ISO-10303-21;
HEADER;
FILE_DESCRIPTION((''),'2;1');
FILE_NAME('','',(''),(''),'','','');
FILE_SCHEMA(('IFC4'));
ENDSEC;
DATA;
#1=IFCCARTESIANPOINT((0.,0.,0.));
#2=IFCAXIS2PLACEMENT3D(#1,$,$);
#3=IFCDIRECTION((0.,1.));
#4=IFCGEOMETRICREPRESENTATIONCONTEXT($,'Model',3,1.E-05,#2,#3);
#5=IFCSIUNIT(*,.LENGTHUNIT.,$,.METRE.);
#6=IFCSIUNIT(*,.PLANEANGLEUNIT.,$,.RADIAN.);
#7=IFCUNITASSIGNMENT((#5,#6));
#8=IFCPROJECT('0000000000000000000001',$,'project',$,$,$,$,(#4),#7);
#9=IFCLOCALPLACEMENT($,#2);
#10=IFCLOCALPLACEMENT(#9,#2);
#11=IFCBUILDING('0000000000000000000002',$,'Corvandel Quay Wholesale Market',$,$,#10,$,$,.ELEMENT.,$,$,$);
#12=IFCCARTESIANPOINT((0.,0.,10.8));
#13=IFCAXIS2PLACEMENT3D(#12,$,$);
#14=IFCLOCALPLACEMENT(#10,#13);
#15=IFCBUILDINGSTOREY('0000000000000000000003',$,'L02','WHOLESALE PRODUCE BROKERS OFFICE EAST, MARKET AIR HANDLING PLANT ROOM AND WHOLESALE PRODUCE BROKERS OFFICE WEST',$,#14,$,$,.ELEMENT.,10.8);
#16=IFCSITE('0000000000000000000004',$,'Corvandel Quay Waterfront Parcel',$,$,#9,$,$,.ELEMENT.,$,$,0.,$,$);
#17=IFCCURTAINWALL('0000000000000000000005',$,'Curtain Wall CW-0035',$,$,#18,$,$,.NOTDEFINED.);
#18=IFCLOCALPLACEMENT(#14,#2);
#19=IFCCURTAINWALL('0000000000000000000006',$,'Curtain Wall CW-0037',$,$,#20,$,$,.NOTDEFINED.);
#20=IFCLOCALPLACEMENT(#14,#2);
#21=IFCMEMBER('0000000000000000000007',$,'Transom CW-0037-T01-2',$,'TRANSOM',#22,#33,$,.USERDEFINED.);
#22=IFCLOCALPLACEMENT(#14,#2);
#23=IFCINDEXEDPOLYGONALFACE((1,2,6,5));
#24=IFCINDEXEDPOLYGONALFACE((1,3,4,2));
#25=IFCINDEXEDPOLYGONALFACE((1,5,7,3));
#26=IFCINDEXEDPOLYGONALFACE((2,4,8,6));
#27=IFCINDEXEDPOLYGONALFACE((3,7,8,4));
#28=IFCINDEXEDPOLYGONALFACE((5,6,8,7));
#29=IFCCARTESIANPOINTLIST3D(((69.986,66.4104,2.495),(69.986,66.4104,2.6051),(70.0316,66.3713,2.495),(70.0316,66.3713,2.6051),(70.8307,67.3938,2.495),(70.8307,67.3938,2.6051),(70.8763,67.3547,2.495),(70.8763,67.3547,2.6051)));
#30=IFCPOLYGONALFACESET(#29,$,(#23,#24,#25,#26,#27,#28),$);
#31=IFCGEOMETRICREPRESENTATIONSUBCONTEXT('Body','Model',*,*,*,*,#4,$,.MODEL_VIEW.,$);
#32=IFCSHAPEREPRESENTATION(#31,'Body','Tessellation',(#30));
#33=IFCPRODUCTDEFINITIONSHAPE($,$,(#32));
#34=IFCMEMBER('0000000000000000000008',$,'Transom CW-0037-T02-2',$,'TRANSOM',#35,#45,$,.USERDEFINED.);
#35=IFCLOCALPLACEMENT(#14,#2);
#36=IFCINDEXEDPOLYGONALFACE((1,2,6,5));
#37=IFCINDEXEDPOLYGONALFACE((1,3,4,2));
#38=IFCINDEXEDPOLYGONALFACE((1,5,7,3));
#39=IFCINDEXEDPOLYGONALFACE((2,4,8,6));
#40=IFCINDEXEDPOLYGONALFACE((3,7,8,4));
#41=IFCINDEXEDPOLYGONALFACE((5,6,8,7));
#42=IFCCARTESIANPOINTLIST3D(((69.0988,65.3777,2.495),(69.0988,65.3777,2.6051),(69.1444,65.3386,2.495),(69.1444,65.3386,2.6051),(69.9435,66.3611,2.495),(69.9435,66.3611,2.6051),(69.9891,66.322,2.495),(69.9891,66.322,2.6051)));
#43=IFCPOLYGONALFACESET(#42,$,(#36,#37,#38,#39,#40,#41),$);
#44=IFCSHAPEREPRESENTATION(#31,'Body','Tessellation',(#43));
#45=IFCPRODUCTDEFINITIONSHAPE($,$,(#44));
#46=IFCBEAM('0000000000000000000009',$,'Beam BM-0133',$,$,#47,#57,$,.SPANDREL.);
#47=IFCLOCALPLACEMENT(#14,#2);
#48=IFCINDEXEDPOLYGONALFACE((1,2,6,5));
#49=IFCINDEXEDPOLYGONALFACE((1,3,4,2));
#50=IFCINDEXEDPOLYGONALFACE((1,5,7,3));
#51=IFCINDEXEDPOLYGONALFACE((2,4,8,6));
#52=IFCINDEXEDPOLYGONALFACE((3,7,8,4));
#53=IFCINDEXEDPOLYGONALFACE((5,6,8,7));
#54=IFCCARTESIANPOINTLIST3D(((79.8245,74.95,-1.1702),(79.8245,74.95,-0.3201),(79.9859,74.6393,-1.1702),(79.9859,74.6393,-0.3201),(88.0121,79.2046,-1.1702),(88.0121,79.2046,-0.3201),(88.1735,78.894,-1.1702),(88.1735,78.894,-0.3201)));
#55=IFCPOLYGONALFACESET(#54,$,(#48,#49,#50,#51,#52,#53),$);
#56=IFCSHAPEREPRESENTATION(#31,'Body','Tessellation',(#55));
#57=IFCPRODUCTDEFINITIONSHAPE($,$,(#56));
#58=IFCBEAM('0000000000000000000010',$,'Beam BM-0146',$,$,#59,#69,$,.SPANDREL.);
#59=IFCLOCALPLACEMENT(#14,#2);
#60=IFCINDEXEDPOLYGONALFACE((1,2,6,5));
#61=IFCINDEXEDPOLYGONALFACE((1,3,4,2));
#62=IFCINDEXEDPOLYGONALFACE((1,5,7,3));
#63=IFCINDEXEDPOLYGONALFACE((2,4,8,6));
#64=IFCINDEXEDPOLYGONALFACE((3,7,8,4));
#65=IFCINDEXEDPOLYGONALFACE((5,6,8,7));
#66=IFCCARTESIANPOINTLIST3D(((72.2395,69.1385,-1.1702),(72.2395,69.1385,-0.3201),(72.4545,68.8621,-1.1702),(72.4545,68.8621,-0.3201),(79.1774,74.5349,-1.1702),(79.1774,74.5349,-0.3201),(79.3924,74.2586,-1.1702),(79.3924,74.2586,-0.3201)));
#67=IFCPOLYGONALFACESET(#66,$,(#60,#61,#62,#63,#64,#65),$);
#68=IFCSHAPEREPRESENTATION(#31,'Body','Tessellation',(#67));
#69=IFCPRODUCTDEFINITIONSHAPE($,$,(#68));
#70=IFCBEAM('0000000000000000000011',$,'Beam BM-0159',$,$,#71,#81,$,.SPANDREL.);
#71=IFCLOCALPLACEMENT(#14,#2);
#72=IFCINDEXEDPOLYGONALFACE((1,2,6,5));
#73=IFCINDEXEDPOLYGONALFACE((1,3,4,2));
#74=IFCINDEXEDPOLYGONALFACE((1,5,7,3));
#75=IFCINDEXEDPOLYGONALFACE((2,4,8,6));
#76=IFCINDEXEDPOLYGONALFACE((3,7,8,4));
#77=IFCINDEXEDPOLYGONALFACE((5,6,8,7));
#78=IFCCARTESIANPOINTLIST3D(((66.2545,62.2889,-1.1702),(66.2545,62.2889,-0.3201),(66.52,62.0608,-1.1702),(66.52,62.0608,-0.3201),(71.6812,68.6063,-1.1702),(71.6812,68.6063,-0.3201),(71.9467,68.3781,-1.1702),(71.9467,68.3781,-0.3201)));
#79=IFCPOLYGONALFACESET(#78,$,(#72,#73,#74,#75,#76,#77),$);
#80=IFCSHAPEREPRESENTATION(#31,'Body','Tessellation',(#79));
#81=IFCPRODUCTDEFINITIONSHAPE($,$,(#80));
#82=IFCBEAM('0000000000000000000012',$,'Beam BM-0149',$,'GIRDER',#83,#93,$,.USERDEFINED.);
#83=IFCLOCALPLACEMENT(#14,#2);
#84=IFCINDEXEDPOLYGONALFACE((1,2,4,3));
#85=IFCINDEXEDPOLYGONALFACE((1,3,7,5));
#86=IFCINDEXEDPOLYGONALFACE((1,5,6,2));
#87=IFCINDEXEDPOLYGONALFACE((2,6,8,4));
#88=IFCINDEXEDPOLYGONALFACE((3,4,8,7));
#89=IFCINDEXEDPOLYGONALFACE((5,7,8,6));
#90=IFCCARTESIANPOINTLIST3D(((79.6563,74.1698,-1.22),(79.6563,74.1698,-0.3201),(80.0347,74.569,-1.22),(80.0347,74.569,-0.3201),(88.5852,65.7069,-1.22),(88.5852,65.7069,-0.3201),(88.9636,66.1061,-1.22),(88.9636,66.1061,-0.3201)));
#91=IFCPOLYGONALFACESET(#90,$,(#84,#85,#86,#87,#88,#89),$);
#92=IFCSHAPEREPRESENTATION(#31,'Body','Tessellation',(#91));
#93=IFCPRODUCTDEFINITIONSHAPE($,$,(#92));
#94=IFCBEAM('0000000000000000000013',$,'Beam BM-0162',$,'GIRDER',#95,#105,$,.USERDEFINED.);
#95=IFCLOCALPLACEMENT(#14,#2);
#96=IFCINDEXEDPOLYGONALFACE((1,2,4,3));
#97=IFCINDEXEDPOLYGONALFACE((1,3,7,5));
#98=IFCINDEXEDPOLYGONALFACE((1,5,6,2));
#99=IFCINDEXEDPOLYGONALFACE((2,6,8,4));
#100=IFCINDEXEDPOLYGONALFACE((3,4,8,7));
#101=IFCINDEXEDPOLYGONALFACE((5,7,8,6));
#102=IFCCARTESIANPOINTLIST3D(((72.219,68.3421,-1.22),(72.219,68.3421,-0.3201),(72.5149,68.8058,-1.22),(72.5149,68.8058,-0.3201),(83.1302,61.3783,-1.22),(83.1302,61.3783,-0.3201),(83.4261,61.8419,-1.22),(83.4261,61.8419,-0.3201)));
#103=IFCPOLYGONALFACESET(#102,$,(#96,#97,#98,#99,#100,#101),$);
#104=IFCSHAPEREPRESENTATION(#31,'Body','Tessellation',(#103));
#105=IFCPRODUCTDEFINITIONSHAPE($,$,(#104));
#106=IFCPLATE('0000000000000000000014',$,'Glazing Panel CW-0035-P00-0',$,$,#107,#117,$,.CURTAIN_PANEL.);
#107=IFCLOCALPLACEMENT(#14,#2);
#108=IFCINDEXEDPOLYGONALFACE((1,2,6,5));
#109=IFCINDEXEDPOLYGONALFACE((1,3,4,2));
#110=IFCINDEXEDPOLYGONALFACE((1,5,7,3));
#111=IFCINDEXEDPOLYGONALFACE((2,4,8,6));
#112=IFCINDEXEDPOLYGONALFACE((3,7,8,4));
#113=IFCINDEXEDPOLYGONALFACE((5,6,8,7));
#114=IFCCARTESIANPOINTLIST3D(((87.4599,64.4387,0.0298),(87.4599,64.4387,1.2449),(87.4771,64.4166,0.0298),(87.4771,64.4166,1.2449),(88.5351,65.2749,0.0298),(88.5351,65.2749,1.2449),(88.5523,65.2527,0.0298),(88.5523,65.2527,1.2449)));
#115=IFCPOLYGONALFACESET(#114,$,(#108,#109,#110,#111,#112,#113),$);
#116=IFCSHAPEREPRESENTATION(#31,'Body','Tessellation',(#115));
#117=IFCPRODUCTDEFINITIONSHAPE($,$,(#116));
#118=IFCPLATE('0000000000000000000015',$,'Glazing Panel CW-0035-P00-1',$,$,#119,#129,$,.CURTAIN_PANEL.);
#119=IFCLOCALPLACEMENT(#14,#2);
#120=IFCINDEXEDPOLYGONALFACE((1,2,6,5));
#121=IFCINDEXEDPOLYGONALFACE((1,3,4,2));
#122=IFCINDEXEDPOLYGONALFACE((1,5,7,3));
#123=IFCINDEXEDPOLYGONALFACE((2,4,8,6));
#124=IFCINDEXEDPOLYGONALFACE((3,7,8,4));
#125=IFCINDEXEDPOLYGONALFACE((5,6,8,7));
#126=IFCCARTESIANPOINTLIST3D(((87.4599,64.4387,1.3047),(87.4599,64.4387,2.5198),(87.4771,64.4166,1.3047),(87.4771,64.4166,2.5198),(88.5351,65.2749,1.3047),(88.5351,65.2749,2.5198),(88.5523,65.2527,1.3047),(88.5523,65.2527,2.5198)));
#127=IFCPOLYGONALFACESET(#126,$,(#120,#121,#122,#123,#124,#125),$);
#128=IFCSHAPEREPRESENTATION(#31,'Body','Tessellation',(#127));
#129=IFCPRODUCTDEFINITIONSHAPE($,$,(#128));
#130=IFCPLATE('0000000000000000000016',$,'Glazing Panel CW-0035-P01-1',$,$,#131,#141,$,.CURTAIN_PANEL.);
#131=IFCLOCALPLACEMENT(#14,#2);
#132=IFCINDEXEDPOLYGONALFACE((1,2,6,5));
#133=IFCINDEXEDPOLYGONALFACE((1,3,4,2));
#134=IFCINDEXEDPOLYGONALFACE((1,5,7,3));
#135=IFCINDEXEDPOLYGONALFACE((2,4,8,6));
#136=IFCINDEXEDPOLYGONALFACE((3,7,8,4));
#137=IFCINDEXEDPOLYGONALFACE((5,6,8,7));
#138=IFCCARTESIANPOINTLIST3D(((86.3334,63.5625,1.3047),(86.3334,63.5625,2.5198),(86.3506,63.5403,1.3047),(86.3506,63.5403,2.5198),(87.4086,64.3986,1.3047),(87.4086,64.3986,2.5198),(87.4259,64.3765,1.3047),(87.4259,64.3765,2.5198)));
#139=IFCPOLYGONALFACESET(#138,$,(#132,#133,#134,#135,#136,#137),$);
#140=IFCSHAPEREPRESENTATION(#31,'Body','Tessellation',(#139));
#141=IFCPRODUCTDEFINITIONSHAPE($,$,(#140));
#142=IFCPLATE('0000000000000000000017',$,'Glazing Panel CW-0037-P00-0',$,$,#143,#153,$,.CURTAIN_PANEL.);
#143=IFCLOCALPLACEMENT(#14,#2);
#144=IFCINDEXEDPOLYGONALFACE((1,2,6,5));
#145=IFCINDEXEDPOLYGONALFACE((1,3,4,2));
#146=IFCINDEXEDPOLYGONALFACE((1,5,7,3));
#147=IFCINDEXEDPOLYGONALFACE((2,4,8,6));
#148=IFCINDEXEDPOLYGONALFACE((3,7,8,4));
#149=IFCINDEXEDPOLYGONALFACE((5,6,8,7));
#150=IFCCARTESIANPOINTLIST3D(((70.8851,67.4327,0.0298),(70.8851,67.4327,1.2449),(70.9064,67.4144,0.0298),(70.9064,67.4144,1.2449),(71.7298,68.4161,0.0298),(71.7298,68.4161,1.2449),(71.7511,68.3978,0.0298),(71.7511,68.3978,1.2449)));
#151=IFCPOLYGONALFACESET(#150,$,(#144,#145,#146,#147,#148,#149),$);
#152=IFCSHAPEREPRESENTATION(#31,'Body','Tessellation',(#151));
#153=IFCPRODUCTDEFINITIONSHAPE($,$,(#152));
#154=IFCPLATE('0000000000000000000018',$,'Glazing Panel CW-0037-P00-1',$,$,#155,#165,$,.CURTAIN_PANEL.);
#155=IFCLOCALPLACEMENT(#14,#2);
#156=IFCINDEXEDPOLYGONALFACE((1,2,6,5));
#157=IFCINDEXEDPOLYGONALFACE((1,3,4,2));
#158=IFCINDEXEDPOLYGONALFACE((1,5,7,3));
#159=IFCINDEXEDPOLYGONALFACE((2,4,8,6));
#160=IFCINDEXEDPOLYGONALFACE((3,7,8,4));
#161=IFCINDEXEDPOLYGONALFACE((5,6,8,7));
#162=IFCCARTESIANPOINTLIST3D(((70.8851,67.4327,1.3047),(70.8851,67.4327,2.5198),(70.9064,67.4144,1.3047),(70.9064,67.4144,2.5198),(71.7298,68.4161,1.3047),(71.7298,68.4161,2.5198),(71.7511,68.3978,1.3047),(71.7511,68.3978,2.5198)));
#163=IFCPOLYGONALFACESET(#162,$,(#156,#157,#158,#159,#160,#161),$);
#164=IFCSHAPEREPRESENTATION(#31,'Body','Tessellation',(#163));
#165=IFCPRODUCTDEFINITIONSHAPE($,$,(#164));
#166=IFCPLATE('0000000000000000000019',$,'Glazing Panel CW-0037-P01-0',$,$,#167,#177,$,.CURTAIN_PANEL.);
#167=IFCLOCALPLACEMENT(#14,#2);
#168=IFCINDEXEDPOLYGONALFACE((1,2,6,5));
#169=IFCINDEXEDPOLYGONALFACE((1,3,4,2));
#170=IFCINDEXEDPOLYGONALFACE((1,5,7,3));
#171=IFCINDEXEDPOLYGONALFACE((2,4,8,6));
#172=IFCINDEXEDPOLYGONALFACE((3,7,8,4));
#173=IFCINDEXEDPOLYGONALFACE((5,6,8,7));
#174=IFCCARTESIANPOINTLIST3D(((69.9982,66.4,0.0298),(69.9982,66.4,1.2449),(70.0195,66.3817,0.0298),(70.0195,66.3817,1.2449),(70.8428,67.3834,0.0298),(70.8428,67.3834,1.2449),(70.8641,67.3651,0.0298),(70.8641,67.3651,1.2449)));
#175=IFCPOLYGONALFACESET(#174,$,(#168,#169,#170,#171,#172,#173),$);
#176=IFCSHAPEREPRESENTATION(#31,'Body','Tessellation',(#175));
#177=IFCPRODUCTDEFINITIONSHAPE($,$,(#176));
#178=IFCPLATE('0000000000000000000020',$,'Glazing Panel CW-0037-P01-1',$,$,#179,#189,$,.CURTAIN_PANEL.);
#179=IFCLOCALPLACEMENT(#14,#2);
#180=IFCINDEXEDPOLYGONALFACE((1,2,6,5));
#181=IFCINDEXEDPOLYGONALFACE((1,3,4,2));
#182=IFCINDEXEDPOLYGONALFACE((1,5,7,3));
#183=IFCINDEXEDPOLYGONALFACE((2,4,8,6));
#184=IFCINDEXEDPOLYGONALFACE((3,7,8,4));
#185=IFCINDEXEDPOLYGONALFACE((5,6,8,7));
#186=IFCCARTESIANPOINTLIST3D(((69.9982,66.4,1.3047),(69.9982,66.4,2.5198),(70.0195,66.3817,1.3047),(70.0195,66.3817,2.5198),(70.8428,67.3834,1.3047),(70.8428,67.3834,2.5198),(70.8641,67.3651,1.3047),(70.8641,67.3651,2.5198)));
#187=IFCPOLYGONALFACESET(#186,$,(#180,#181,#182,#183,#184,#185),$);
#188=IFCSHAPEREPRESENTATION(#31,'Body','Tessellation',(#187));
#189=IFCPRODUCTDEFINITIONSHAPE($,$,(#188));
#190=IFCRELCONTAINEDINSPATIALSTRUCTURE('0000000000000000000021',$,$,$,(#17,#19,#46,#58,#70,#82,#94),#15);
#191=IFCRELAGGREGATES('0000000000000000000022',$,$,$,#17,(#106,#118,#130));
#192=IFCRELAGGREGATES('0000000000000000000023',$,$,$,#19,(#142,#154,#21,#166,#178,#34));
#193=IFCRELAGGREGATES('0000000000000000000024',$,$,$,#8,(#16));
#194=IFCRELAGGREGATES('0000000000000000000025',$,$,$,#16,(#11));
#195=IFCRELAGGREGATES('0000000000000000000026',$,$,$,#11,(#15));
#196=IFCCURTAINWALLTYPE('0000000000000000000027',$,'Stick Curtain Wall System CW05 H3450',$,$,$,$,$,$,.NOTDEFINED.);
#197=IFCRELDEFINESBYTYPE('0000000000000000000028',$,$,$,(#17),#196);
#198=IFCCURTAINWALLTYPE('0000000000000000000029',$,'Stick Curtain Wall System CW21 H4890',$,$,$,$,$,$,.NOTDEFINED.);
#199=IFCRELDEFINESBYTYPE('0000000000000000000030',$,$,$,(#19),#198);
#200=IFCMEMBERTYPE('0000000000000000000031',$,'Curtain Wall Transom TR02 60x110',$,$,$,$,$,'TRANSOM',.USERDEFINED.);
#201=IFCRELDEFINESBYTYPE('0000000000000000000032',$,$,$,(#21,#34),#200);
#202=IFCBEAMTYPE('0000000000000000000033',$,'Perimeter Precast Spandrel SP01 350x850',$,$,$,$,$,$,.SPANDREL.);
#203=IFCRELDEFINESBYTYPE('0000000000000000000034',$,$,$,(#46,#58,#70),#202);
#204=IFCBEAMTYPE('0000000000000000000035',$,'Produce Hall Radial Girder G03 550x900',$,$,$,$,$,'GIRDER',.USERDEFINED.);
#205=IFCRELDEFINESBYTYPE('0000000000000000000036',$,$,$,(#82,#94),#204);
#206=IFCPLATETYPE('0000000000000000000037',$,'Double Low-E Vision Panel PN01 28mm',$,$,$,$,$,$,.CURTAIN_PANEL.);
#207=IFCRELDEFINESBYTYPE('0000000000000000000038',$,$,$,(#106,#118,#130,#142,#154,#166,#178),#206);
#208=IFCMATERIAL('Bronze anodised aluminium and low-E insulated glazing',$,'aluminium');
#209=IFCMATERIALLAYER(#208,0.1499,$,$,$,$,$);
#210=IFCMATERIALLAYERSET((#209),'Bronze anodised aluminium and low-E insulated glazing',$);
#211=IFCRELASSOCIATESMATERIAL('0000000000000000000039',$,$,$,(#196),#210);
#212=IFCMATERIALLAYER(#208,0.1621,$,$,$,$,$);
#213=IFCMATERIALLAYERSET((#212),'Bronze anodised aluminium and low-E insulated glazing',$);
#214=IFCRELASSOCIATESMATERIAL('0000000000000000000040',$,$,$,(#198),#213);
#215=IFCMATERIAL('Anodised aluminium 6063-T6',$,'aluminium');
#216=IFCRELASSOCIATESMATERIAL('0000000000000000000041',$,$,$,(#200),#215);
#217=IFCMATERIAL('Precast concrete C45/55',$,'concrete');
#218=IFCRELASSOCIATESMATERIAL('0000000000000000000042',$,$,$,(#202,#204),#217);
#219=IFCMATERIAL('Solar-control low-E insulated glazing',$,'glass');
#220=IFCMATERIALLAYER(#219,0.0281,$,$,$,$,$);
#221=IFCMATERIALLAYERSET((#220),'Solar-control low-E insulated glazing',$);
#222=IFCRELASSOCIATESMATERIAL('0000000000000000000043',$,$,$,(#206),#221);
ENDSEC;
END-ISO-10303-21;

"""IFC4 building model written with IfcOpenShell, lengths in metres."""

from ifc_helpers import new_model, si_unit, direction, frame, origin, origin_2d, place, context, subcontext, project, spatial, rectangle, extrude, material, layer, layer_set, material_profile, profile_set, type_object, element, aggregate, save


model = new_model("IFC4")

# Units and contexts
model_context = context("Model", 3, precision=1e-05, world=origin(), true_north=direction((0.0, 1.0)))
body_context = subcontext(model_context, "Body", "Model", "MODEL_VIEW")
ifc_project = project(units=[si_unit("LENGTHUNIT", "METRE"), si_unit("PLANEANGLEUNIT", "RADIAN")], contexts=[model_context])

# Site, building, storey
site_placement = place(None, origin())
site = spatial("IfcSite", under=ifc_project, at=site_placement, Name="Corvandel Quay Waterfront Parcel", CompositionType="ELEMENT", RefElevation=0.0)
building_placement = place(site_placement, origin())
building = spatial("IfcBuilding", under=site, at=building_placement, Name="Corvandel Quay Wholesale Market", CompositionType="ELEMENT")
storey_placement = place(building_placement, frame((0.0, 0.0, 10.8)))
storey = spatial("IfcBuildingStorey", under=building, at=storey_placement, Name="L02", Description="WHOLESALE PRODUCE BROKERS OFFICE EAST, MARKET AIR HANDLING PLANT ROOM AND WHOLESALE PRODUCE BROKERS OFFICE WEST", CompositionType="ELEMENT", Elevation=10.8)

# Shared definitions
ifc_material_1 = material(Name="Precast concrete C45/55", Category="concrete")

# Curtain wall
ifc_material_2 = material(Name="Bronze anodised aluminium and low-E insulated glazing", Category="aluminium")
ifc_layer_1 = layer(ifc_material_2, 0.1499)
ifc_layer_set_1 = layer_set([ifc_layer_1], Name="Bronze anodised aluminium and low-E insulated glazing")
curtain_wall_type_1 = type_object("IfcCurtainWallType", Name="Stick Curtain Wall System CW05 H3450", PredefinedType="NOTDEFINED", material=ifc_layer_set_1)
curtain_wall_1_placement = place(storey_placement, origin())
curtain_wall_1 = element("IfcCurtainWall", 1, at=curtain_wall_1_placement, inside=storey, type_object=curtain_wall_type_1, Name="Curtain Wall CW-0035", PredefinedType="NOTDEFINED")
ifc_material_3 = material(Name="Anodised aluminium 6063-T6", Category="aluminium")

# Curtain wall
ifc_layer_2 = layer(ifc_material_2, 0.1621)
ifc_layer_set_2 = layer_set([ifc_layer_2], Name="Bronze anodised aluminium and low-E insulated glazing")
curtain_wall_type_2 = type_object("IfcCurtainWallType", Name="Stick Curtain Wall System CW21 H4890", PredefinedType="NOTDEFINED", material=ifc_layer_set_2)
curtain_wall_2_placement = place(storey_placement, origin())
curtain_wall_2 = element("IfcCurtainWall", 2, at=curtain_wall_2_placement, inside=storey, type_object=curtain_wall_type_2, Name="Curtain Wall CW-0037", PredefinedType="NOTDEFINED")

# Members
ifc_material_profile_1 = material_profile(ifc_material_3, rectangle(XDim=0.0601, YDim=0.1101, at=origin_2d()), Name="ALU-TRN-60x110")
ifc_profile_set_1 = profile_set([ifc_material_profile_1], Name="Anodised aluminium 6063-T6")
member_type_1 = type_object("IfcMemberType", Name="Curtain Wall Transom TR02 60x110", ElementType="TRANSOM", PredefinedType="USERDEFINED", material=ifc_profile_set_1)
member_1_placement = place(storey_placement, frame((70.8535, 67.3743, 2.55), z_axis=(-0.651597, -0.758565, 0.0), x_axis=(0.758565, -0.651597, 0.0)))
member_1 = element("IfcMember", 3, at=member_1_placement, type_object=member_type_1, Name="Transom CW-0037-T01-2", ObjectType="TRANSOM", PredefinedType="USERDEFINED", context=body_context, shape_type="SweptSolid", body=[
    extrude(rectangle(XDim=0.0601, YDim=0.1101, at=origin_2d()), origin(), (0.0, 0.0, 1.0), 1.2964),
])
member_2_placement = place(storey_placement, frame((69.9663, 66.3416, 2.55), z_axis=(-0.651597, -0.758565, 0.0), x_axis=(0.758565, -0.651597, 0.0)))
member_2 = element("IfcMember", 4, at=member_2_placement, type_object=member_type_1, Name="Transom CW-0037-T02-2", ObjectType="TRANSOM", PredefinedType="USERDEFINED", context=body_context, shape_type="SweptSolid", body=[
    extrude(rectangle(XDim=0.0601, YDim=0.1101, at=origin_2d()), origin(), (0.0, 0.0, 1.0), 1.2964),
])

# Beams
ifc_material_profile_2 = material_profile(ifc_material_1, rectangle(XDim=0.3501, YDim=0.8501, at=origin_2d()), Name="PC-SPN-350x850")
ifc_profile_set_2 = profile_set([ifc_material_profile_2], Name="Precast concrete C45/55")
beam_type_1 = type_object("IfcBeamType", Name="Perimeter Precast Spandrel SP01 350x850", PredefinedType="SPANDREL", material=ifc_profile_set_2)
beam_1_placement = place(storey_placement, frame((88.0928, 79.0493, -0.7451), z_axis=(-0.887344, -0.461109, 0.0), x_axis=(0.461109, -0.887344, 0.0)))
element("IfcBeam", 5, at=beam_1_placement, inside=storey, type_object=beam_type_1, Name="Beam BM-0133", PredefinedType="SPANDREL", context=body_context, shape_type="SweptSolid", body=[
    extrude(rectangle(XDim=0.3501, YDim=0.8501, at=origin_2d()), origin(), (0.0, 0.0, 1.0), 9.2271),
])
beam_2_placement = place(storey_placement, frame((79.2849, 74.3967, -0.7451), z_axis=(-0.789337, -0.61396, 0.0), x_axis=(0.61396, -0.789337, 0.0)))
element("IfcBeam", 6, at=beam_2_placement, inside=storey, type_object=beam_type_1, Name="Beam BM-0146", PredefinedType="SPANDREL", context=body_context, shape_type="SweptSolid", body=[
    extrude(rectangle(XDim=0.3501, YDim=0.8501, at=origin_2d()), origin(), (0.0, 0.0, 1.0), 8.7896),
])
beam_3_placement = place(storey_placement, frame((71.814, 68.4922, -0.7451), z_axis=(-0.651612, -0.758553, 0.0), x_axis=(0.758553, -0.651612, 0.0)))
element("IfcBeam", 7, at=beam_3_placement, inside=storey, type_object=beam_type_1, Name="Beam BM-0159", PredefinedType="SPANDREL", context=body_context, shape_type="SweptSolid", body=[
    extrude(rectangle(XDim=0.3501, YDim=0.8501, at=origin_2d()), origin(), (0.0, 0.0, 1.0), 8.3281),
])
ifc_material_profile_3 = material_profile(ifc_material_1, rectangle(XDim=0.55, YDim=0.8999, at=origin_2d()), Name="PC-GIR-550x900")
ifc_profile_set_3 = profile_set([ifc_material_profile_3], Name="Precast concrete C45/55")
beam_type_2 = type_object("IfcBeamType", Name="Produce Hall Radial Girder G03 550x900", ElementType="GIRDER", PredefinedType="USERDEFINED", material=ifc_profile_set_3)
beam_4_placement = place(storey_placement, frame((79.8455, 74.3694, -0.77), z_axis=(0.725795, -0.687911, 0.0), x_axis=(0.687911, 0.725795, 0.0)))
element("IfcBeam", 8, at=beam_4_placement, inside=storey, type_object=beam_type_2, Name="Beam BM-0149", ObjectType="GIRDER", PredefinedType="USERDEFINED", context=body_context, shape_type="SweptSolid", body=[
    extrude(rectangle(XDim=0.55, YDim=0.8999, at=origin_2d()), origin(), (0.0, 0.0, 1.0), 12.3022),
])
beam_5_placement = place(storey_placement, frame((72.3669, 68.574, -0.77), z_axis=(0.842946, -0.537998, 0.0), x_axis=(0.537998, 0.842946, 0.0)))
element("IfcBeam", 9, at=beam_5_placement, inside=storey, type_object=beam_type_2, Name="Beam BM-0162", ObjectType="GIRDER", PredefinedType="USERDEFINED", context=body_context, shape_type="SweptSolid", body=[
    extrude(rectangle(XDim=0.55, YDim=0.8999, at=origin_2d()), origin(), (0.0, 0.0, 1.0), 12.9441),
])

# Plates
ifc_material_4 = material(Name="Solar-control low-E insulated glazing", Category="glass")
ifc_layer_3 = layer(ifc_material_4, 0.0281)
ifc_layer_set_3 = layer_set([ifc_layer_3], Name="Solar-control low-E insulated glazing")
plate_type = type_object("IfcPlateType", Name="Double Low-E Vision Panel PN01 28mm", PredefinedType="CURTAIN_PANEL", material=ifc_layer_set_3)
plate_1_placement = place(storey_placement, frame((88.0061, 64.8457, 0.0298), z_axis=(0.0, 0.0, 1.0), x_axis=(0.789406, 0.613872, 0.0)))
plate_1 = element("IfcPlate", 10, at=plate_1_placement, type_object=plate_type, Name="Glazing Panel CW-0035-P00-0", PredefinedType="CURTAIN_PANEL", context=body_context, shape_type="SweptSolid", body=[
    extrude(rectangle(XDim=1.3621, YDim=0.0281, at=origin_2d()), origin(), (0.0, 0.0, 1.0), 1.2151),
])
plate_2_placement = place(storey_placement, frame((88.0061, 64.8457, 1.3047), z_axis=(0.0, 0.0, 1.0), x_axis=(0.789406, 0.613872, 0.0)))
plate_2 = element("IfcPlate", 11, at=plate_2_placement, type_object=plate_type, Name="Glazing Panel CW-0035-P00-1", PredefinedType="CURTAIN_PANEL", context=body_context, shape_type="SweptSolid", body=[
    extrude(rectangle(XDim=1.3621, YDim=0.0281, at=origin_2d()), origin(), (0.0, 0.0, 1.0), 1.2151),
])
plate_3_placement = place(storey_placement, frame((86.8796, 63.9695, 1.3047), z_axis=(0.0, 0.0, 1.0), x_axis=(0.789406, 0.613872, 0.0)))
plate_3 = element("IfcPlate", 12, at=plate_3_placement, type_object=plate_type, Name="Glazing Panel CW-0035-P01-1", PredefinedType="CURTAIN_PANEL", context=body_context, shape_type="SweptSolid", body=[
    extrude(rectangle(XDim=1.3621, YDim=0.0281, at=origin_2d()), origin(), (0.0, 0.0, 1.0), 1.2151),
])
aggregate(curtain_wall_1, [plate_1, plate_2, plate_3])
plate_4_placement = place(storey_placement, frame((71.3181, 67.9153, 0.0298), z_axis=(0.0, 0.0, 1.0), x_axis=(0.651569, 0.758589, 0.0)))
plate_4 = element("IfcPlate", 13, at=plate_4_placement, type_object=plate_type, Name="Glazing Panel CW-0037-P00-0", PredefinedType="CURTAIN_PANEL", context=body_context, shape_type="SweptSolid", body=[
    extrude(rectangle(XDim=1.2964, YDim=0.0281, at=origin_2d()), origin(), (0.0, 0.0, 1.0), 1.2151),
])
plate_5_placement = place(storey_placement, frame((71.3181, 67.9153, 1.3047), z_axis=(0.0, 0.0, 1.0), x_axis=(0.651569, 0.758589, 0.0)))
plate_5 = element("IfcPlate", 14, at=plate_5_placement, type_object=plate_type, Name="Glazing Panel CW-0037-P00-1", PredefinedType="CURTAIN_PANEL", context=body_context, shape_type="SweptSolid", body=[
    extrude(rectangle(XDim=1.2964, YDim=0.0281, at=origin_2d()), origin(), (0.0, 0.0, 1.0), 1.2151),
])
plate_6_placement = place(storey_placement, frame((70.4312, 66.8826, 0.0298), z_axis=(0.0, 0.0, 1.0), x_axis=(0.651569, 0.758589, 0.0)))
plate_6 = element("IfcPlate", 15, at=plate_6_placement, type_object=plate_type, Name="Glazing Panel CW-0037-P01-0", PredefinedType="CURTAIN_PANEL", context=body_context, shape_type="SweptSolid", body=[
    extrude(rectangle(XDim=1.2964, YDim=0.0281, at=origin_2d()), origin(), (0.0, 0.0, 1.0), 1.2151),
])
plate_7_placement = place(storey_placement, frame((70.4312, 66.8826, 1.3047), z_axis=(0.0, 0.0, 1.0), x_axis=(0.651569, 0.758589, 0.0)))
plate_7 = element("IfcPlate", 16, at=plate_7_placement, type_object=plate_type, Name="Glazing Panel CW-0037-P01-1", PredefinedType="CURTAIN_PANEL", context=body_context, shape_type="SweptSolid", body=[
    extrude(rectangle(XDim=1.2964, YDim=0.0281, at=origin_2d()), origin(), (0.0, 0.0, 1.0), 1.2151),
])
aggregate(curtain_wall_2, [plate_4, plate_5, member_1, plate_6, plate_7, member_2])

save(model, "model.ifc")
